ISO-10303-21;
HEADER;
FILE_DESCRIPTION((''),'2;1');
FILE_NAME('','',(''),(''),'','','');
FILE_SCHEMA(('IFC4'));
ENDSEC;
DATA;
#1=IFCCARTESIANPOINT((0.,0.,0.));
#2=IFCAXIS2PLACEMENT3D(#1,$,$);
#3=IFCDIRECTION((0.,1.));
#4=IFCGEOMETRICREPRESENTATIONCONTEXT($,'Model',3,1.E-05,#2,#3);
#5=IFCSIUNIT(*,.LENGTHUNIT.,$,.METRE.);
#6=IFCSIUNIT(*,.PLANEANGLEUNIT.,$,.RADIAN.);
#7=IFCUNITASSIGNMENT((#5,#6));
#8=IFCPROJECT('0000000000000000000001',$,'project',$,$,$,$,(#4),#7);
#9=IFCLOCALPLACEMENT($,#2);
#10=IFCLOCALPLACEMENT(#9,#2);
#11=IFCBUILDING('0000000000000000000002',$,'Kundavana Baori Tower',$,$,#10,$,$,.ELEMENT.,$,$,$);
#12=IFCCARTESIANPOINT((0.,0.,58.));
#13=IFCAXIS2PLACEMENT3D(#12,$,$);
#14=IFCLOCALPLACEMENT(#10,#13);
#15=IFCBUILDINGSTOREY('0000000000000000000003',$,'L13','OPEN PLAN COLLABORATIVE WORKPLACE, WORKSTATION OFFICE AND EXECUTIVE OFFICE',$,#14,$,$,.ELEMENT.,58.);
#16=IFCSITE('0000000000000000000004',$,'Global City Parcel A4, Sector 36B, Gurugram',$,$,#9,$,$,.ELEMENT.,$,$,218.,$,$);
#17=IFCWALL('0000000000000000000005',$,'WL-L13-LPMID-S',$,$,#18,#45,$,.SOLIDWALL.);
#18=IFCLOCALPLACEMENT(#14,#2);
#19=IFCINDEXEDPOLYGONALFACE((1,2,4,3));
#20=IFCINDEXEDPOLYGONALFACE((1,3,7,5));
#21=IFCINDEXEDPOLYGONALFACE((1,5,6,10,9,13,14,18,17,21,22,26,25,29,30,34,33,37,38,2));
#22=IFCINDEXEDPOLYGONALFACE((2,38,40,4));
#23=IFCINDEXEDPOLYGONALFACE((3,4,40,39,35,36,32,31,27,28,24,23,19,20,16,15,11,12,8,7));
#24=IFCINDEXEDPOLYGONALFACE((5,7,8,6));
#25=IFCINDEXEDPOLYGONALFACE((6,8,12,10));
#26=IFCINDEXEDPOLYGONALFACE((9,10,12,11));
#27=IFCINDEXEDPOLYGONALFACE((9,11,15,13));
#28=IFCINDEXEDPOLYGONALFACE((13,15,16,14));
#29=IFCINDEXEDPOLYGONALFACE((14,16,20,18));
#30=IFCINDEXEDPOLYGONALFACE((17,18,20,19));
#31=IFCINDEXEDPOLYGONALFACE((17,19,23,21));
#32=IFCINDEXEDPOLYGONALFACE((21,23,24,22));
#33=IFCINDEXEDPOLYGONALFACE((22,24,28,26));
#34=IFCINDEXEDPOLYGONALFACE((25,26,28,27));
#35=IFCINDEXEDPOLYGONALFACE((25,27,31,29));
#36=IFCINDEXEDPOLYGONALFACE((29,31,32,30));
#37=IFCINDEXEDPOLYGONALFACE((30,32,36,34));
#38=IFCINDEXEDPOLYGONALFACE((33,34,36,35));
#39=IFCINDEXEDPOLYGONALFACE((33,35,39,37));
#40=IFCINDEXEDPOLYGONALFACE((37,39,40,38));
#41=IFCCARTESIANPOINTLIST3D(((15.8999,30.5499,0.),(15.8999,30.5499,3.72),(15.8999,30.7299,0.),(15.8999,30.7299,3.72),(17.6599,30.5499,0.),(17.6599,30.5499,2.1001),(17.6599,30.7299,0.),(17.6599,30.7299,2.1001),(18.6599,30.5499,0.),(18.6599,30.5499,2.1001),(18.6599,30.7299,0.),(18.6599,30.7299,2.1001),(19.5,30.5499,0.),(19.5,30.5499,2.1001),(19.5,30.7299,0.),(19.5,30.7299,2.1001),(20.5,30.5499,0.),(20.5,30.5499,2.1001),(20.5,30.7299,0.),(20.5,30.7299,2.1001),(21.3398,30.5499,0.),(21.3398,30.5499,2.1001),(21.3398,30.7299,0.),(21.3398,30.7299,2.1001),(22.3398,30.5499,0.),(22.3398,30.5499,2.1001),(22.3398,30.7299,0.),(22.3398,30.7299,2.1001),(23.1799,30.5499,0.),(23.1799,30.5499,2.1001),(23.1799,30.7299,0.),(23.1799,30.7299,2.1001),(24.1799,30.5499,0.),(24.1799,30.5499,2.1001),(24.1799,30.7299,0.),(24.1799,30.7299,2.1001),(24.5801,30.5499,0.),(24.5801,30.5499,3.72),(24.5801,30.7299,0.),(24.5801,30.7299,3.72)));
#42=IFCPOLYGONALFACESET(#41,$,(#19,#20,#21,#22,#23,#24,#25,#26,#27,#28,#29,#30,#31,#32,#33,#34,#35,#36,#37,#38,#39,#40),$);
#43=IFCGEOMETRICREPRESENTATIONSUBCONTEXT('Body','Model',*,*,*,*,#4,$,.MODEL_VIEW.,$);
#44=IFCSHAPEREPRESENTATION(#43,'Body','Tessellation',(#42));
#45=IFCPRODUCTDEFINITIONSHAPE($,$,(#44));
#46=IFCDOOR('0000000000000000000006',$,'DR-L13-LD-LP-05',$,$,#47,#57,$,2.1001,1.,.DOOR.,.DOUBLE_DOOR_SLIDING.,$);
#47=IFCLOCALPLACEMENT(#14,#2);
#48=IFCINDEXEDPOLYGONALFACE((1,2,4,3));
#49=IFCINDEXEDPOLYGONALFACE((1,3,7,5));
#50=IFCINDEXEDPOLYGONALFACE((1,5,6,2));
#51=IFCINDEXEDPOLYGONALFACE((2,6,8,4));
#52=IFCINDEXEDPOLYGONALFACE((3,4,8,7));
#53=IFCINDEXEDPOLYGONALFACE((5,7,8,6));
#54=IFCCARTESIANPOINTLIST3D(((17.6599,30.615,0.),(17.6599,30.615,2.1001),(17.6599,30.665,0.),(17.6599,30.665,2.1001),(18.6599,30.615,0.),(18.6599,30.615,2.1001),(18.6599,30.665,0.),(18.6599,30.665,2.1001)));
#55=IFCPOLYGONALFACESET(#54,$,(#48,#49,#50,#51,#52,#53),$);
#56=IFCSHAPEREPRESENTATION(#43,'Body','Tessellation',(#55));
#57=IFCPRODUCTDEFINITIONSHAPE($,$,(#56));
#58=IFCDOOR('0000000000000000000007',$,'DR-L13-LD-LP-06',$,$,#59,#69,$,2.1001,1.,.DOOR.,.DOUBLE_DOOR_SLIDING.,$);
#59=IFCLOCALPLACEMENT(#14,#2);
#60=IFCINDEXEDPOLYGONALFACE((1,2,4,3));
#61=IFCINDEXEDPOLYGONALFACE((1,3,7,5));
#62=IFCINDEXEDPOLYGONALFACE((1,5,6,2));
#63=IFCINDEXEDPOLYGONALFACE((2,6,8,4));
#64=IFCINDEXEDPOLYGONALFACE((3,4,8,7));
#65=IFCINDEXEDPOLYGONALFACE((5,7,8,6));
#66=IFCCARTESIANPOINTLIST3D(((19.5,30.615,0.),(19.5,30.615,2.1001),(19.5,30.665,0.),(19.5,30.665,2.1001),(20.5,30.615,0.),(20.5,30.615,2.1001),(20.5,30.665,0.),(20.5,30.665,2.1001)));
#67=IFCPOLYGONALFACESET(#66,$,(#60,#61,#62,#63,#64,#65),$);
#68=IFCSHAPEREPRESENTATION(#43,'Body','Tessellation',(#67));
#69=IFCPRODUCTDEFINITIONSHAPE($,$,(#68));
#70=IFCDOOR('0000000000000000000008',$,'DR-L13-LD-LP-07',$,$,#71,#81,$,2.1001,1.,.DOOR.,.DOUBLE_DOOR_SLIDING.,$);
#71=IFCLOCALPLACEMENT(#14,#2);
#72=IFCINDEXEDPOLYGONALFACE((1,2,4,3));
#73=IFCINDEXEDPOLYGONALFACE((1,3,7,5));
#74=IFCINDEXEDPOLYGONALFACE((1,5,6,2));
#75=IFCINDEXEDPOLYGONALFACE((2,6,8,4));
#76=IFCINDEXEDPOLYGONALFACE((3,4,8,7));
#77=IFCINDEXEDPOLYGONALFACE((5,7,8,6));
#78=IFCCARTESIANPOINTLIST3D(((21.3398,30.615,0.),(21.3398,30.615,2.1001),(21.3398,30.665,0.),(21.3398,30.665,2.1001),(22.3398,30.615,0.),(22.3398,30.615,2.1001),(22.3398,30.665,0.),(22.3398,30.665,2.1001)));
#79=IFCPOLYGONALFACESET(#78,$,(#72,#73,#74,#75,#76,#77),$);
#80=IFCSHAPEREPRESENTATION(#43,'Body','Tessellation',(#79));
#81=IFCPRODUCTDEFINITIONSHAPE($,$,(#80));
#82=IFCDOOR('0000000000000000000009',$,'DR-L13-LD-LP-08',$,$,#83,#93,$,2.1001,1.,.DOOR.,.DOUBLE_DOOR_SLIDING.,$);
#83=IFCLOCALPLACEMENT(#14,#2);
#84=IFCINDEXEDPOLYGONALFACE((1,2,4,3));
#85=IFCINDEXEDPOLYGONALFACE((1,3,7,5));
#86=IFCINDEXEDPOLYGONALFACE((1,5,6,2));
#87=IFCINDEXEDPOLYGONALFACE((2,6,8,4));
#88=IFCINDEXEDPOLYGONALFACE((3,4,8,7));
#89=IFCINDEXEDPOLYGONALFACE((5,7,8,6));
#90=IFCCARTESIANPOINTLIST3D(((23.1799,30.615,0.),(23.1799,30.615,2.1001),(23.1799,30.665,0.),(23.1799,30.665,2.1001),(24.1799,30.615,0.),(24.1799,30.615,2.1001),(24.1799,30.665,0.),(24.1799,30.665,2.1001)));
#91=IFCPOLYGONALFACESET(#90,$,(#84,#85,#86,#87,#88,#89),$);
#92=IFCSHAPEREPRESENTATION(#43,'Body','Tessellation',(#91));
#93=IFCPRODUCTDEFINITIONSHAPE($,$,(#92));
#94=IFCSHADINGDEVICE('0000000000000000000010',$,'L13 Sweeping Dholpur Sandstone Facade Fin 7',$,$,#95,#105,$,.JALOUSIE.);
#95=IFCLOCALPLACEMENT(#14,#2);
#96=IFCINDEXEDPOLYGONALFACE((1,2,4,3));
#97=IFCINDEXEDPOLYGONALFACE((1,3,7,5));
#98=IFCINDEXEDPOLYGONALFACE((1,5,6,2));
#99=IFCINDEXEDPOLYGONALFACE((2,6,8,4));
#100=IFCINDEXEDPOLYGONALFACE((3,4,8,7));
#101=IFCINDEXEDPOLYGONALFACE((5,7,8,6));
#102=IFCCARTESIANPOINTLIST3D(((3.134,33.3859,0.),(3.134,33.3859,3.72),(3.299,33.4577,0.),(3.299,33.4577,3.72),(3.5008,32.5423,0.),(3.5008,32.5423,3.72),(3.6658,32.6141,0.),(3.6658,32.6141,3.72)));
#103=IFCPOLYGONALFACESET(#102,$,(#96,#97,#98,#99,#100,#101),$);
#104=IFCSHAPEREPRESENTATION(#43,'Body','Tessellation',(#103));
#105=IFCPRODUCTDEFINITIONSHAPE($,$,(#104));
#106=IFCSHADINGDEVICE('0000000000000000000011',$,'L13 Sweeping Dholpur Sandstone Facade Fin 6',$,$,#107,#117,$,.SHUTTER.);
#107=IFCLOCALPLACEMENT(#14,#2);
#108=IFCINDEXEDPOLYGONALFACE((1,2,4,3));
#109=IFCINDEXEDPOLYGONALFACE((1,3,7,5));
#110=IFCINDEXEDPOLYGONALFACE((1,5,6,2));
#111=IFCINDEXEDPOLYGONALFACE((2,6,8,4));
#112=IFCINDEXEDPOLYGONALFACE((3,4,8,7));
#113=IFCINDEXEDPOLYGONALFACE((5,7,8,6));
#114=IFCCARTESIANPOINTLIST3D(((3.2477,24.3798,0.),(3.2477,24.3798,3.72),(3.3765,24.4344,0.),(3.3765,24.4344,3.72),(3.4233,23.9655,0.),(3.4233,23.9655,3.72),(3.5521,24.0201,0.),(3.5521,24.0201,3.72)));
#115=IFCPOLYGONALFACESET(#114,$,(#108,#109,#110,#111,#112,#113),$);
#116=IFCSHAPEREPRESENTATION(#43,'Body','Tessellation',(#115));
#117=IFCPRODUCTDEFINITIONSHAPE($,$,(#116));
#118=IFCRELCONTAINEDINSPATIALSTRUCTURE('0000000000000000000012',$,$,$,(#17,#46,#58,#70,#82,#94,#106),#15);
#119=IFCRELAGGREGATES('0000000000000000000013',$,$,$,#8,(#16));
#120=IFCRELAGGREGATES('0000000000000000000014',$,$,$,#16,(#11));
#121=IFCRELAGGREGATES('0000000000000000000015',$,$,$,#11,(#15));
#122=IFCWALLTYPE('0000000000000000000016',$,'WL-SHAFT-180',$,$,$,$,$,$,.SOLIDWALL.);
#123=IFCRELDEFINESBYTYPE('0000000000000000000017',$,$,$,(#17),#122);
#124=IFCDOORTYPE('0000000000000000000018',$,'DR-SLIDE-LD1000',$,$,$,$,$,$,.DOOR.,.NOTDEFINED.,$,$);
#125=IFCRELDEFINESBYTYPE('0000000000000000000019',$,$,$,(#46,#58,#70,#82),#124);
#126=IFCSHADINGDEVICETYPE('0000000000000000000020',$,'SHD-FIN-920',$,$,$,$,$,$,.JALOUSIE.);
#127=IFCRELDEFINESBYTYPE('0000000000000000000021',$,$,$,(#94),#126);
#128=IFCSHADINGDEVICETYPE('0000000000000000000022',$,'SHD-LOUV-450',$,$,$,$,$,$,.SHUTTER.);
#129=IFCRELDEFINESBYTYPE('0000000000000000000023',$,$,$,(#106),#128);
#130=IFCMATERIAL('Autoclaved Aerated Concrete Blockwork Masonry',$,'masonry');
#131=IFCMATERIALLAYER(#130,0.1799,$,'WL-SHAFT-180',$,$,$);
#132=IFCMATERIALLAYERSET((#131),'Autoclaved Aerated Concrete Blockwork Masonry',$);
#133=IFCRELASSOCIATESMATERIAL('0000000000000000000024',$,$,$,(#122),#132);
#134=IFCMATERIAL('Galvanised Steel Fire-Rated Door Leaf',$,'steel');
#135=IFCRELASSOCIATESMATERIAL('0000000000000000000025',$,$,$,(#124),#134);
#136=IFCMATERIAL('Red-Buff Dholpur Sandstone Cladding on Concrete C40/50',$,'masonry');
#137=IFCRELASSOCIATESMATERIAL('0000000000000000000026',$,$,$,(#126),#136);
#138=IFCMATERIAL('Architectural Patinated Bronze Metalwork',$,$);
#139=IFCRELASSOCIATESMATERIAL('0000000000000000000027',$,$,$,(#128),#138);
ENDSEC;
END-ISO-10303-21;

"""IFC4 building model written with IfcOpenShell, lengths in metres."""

from ifc_helpers import new_model, si_unit, direction, frame, frame_2d, origin, origin_2d, place, context, subcontext, project, spatial, rectangle, extrude, material, layer, layer_set, type_object, element, fill, save


model = new_model("IFC4")

# Units and contexts
model_context = context("Model", 3, precision=1e-05, world=origin(), true_north=direction((0.0, 1.0)))
body_context = subcontext(model_context, "Body", "Model", "MODEL_VIEW")
ifc_project = project(units=[si_unit("LENGTHUNIT", "METRE"), si_unit("PLANEANGLEUNIT", "RADIAN")], contexts=[model_context])

# Site, building, storey
site_placement = place(None, origin())
site = spatial("IfcSite", under=ifc_project, at=site_placement, Name="Global City Parcel A4, Sector 36B, Gurugram", CompositionType="ELEMENT", RefElevation=218.0)
building_placement = place(site_placement, origin())
building = spatial("IfcBuilding", under=site, at=building_placement, Name="Kundavana Baori Tower", CompositionType="ELEMENT")
storey_placement = place(building_placement, frame((0.0, 0.0, 58.0)))
storey = spatial("IfcBuildingStorey", under=building, at=storey_placement, Name="L13", Description="OPEN PLAN COLLABORATIVE WORKPLACE, WORKSTATION OFFICE AND EXECUTIVE OFFICE", CompositionType="ELEMENT", Elevation=58.0)

# Shared definitions
ifc_material_1 = material(Name="Autoclaved Aerated Concrete Blockwork Masonry", Category="masonry")
ifc_layer_1 = layer(ifc_material_1, 0.1799, Name="WL-SHAFT-180")
ifc_layer_set_1 = layer_set([ifc_layer_1], Name="Autoclaved Aerated Concrete Blockwork Masonry")
wall_type_1 = type_object("IfcWallType", Name="WL-SHAFT-180", PredefinedType="SOLIDWALL", material=ifc_layer_set_1)
ifc_material_2 = material(Name="Galvanised Steel Fire-Rated Door Leaf", Category="steel")
door_type = type_object("IfcDoorType", Name="DR-SLIDE-LD1000", OperationType="NOTDEFINED", PredefinedType="DOOR", material=ifc_material_2)

# Wall, openings, doors
wall_1_placement = place(storey_placement, frame((15.8999, 30.6399, 0.0), z_axis=(0.0, 0.0, 1.0), x_axis=(1.0, 0.0, 0.0)))
wall_1 = element("IfcWall", 1, at=wall_1_placement, inside=storey, type_object=wall_type_1, Name="WL-L13-LPMID-S", PredefinedType="SOLIDWALL", context=body_context, shape_type="SweptSolid", body=[
    extrude(rectangle(XDim=8.6802, YDim=0.1799, at=frame_2d((4.3401, 0.0))), origin(), (0.0, 0.0, 1.0), 3.72),
])
opening_1_placement = place(wall_1_placement, frame((1.76, 0.0, 0.0)))
opening_1 = element("IfcOpeningElement", 2, at=opening_1_placement, cuts=wall_1, PredefinedType="OPENING", context=body_context, shape_type="SweptSolid", body=[
    extrude(rectangle(XDim=1.0, YDim=2.1001, at=frame_2d((0.5, 1.05))), frame((0.0, 0.1001, 0.0), z_axis=(0.0, -1.0, 0.0), x_axis=(1.0, 0.0, 0.0)), (0.0, 0.0, 1.0), 0.2),
])
opening_2_placement = place(wall_1_placement, frame((3.6001, 0.0, 0.0)))
opening_2 = element("IfcOpeningElement", 3, at=opening_2_placement, cuts=wall_1, PredefinedType="OPENING", context=body_context, shape_type="SweptSolid", body=[
    extrude(rectangle(XDim=1.0, YDim=2.1001, at=frame_2d((0.5, 1.05))), frame((0.0, 0.1001, 0.0), z_axis=(0.0, -1.0, 0.0), x_axis=(1.0, 0.0, 0.0)), (0.0, 0.0, 1.0), 0.2),
])
opening_3_placement = place(wall_1_placement, frame((5.4399, 0.0, 0.0)))
opening_3 = element("IfcOpeningElement", 4, at=opening_3_placement, cuts=wall_1, PredefinedType="OPENING", context=body_context, shape_type="SweptSolid", body=[
    extrude(rectangle(XDim=1.0, YDim=2.1001, at=frame_2d((0.5, 1.05))), frame((0.0, 0.1001, 0.0), z_axis=(0.0, -1.0, 0.0), x_axis=(1.0, 0.0, 0.0)), (0.0, 0.0, 1.0), 0.2),
])
opening_4_placement = place(wall_1_placement, frame((7.28, 0.0, 0.0)))
opening_4 = element("IfcOpeningElement", 5, at=opening_4_placement, cuts=wall_1, PredefinedType="OPENING", context=body_context, shape_type="SweptSolid", body=[
    extrude(rectangle(XDim=1.0, YDim=2.1001, at=frame_2d((0.5, 1.05))), frame((0.0, 0.1001, 0.0), z_axis=(0.0, -1.0, 0.0), x_axis=(1.0, 0.0, 0.0)), (0.0, 0.0, 1.0), 0.2),
])
door_1_placement = place(opening_1_placement, frame((1.0, 0.0, 0.0), z_axis=(0.0, 0.0, 1.0), x_axis=(-1.0, 0.0, 0.0)))
door_1 = element("IfcDoor", 6, at=door_1_placement, inside=storey, type_object=door_type, Name="DR-L13-LD-LP-05", OperationType="DOUBLE_DOOR_SLIDING", OverallHeight=2.1001, OverallWidth=1.0, PredefinedType="DOOR", context=body_context, shape_type="SweptSolid", body=[
    extrude(rectangle(XDim=1.0, YDim=2.1001, at=frame_2d((0.5, 1.05))), frame((0.0, 0.0249, 0.0), z_axis=(0.0, -1.0, 0.0), x_axis=(1.0, 0.0, 0.0)), (0.0, 0.0, 1.0), 0.05),
])
fill(opening_1, door_1)
door_2_placement = place(opening_2_placement, frame((1.0, 0.0, 0.0), z_axis=(0.0, 0.0, 1.0), x_axis=(-1.0, 0.0, 0.0)))
door_2 = element("IfcDoor", 7, at=door_2_placement, inside=storey, type_object=door_type, Name="DR-L13-LD-LP-06", OperationType="DOUBLE_DOOR_SLIDING", OverallHeight=2.1001, OverallWidth=1.0, PredefinedType="DOOR", context=body_context, shape_type="SweptSolid", body=[
    extrude(rectangle(XDim=1.0, YDim=2.1001, at=frame_2d((0.5, 1.05))), frame((0.0, 0.0249, 0.0), z_axis=(0.0, -1.0, 0.0), x_axis=(1.0, 0.0, 0.0)), (0.0, 0.0, 1.0), 0.05),
])
fill(opening_2, door_2)
door_3_placement = place(opening_3_placement, frame((1.0, 0.0, 0.0), z_axis=(0.0, 0.0, 1.0), x_axis=(-1.0, 0.0, 0.0)))
door_3 = element("IfcDoor", 8, at=door_3_placement, inside=storey, type_object=door_type, Name="DR-L13-LD-LP-07", OperationType="DOUBLE_DOOR_SLIDING", OverallHeight=2.1001, OverallWidth=1.0, PredefinedType="DOOR", context=body_context, shape_type="SweptSolid", body=[
    extrude(rectangle(XDim=1.0, YDim=2.1001, at=frame_2d((0.5, 1.05))), frame((0.0, 0.0249, 0.0), z_axis=(0.0, -1.0, 0.0), x_axis=(1.0, 0.0, 0.0)), (0.0, 0.0, 1.0), 0.05),
])
fill(opening_3, door_3)
door_4_placement = place(opening_4_placement, frame((1.0, 0.0, 0.0), z_axis=(0.0, 0.0, 1.0), x_axis=(-1.0, 0.0, 0.0)))
door_4 = element("IfcDoor", 9, at=door_4_placement, inside=storey, type_object=door_type, Name="DR-L13-LD-LP-08", OperationType="DOUBLE_DOOR_SLIDING", OverallHeight=2.1001, OverallWidth=1.0, PredefinedType="DOOR", context=body_context, shape_type="SweptSolid", body=[
    extrude(rectangle(XDim=1.0, YDim=2.1001, at=frame_2d((0.5, 1.05))), frame((0.0, 0.0249, 0.0), z_axis=(0.0, -1.0, 0.0), x_axis=(1.0, 0.0, 0.0)), (0.0, 0.0, 1.0), 0.05),
])
fill(opening_4, door_4)

# Shading devices
ifc_material_3 = material(Name="Red-Buff Dholpur Sandstone Cladding on Concrete C40/50", Category="masonry")
shading_device_type_1 = type_object("IfcShadingDeviceType", Name="SHD-FIN-920", PredefinedType="JALOUSIE", material=ifc_material_3)
shading_device_1_placement = place(storey_placement, frame((3.3999, 33.0, 0.0), z_axis=(0.0, 0.0, 1.0), x_axis=(0.91706, 0.398749, 0.0)))
element("IfcShadingDevice", 10, at=shading_device_1_placement, inside=storey, type_object=shading_device_type_1, Name="L13 Sweeping Dholpur Sandstone Facade Fin 7", PredefinedType="JALOUSIE", context=body_context, shape_type="SweptSolid", body=[
    extrude(rectangle(XDim=0.1799, YDim=0.9199, at=origin_2d()), origin(), (0.0, 0.0, 1.0), 3.72),
])
ifc_material_4 = material(Name="Architectural Patinated Bronze Metalwork")
shading_device_type_2 = type_object("IfcShadingDeviceType", Name="SHD-LOUV-450", PredefinedType="SHUTTER", material=ifc_material_4)
shading_device_2_placement = place(storey_placement, frame((3.3999, 24.2, 0.0), z_axis=(0.0, 0.0, 1.0), x_axis=(0.920641, 0.39041, 0.0)))
element("IfcShadingDevice", 11, at=shading_device_2_placement, inside=storey, type_object=shading_device_type_2, Name="L13 Sweeping Dholpur Sandstone Facade Fin 6", PredefinedType="SHUTTER", context=body_context, shape_type="SweptSolid", body=[
    extrude(rectangle(XDim=0.1399, YDim=0.45, at=origin_2d()), origin(), (0.0, 0.0, 1.0), 3.72),
])

save(model, "model.ifc")
